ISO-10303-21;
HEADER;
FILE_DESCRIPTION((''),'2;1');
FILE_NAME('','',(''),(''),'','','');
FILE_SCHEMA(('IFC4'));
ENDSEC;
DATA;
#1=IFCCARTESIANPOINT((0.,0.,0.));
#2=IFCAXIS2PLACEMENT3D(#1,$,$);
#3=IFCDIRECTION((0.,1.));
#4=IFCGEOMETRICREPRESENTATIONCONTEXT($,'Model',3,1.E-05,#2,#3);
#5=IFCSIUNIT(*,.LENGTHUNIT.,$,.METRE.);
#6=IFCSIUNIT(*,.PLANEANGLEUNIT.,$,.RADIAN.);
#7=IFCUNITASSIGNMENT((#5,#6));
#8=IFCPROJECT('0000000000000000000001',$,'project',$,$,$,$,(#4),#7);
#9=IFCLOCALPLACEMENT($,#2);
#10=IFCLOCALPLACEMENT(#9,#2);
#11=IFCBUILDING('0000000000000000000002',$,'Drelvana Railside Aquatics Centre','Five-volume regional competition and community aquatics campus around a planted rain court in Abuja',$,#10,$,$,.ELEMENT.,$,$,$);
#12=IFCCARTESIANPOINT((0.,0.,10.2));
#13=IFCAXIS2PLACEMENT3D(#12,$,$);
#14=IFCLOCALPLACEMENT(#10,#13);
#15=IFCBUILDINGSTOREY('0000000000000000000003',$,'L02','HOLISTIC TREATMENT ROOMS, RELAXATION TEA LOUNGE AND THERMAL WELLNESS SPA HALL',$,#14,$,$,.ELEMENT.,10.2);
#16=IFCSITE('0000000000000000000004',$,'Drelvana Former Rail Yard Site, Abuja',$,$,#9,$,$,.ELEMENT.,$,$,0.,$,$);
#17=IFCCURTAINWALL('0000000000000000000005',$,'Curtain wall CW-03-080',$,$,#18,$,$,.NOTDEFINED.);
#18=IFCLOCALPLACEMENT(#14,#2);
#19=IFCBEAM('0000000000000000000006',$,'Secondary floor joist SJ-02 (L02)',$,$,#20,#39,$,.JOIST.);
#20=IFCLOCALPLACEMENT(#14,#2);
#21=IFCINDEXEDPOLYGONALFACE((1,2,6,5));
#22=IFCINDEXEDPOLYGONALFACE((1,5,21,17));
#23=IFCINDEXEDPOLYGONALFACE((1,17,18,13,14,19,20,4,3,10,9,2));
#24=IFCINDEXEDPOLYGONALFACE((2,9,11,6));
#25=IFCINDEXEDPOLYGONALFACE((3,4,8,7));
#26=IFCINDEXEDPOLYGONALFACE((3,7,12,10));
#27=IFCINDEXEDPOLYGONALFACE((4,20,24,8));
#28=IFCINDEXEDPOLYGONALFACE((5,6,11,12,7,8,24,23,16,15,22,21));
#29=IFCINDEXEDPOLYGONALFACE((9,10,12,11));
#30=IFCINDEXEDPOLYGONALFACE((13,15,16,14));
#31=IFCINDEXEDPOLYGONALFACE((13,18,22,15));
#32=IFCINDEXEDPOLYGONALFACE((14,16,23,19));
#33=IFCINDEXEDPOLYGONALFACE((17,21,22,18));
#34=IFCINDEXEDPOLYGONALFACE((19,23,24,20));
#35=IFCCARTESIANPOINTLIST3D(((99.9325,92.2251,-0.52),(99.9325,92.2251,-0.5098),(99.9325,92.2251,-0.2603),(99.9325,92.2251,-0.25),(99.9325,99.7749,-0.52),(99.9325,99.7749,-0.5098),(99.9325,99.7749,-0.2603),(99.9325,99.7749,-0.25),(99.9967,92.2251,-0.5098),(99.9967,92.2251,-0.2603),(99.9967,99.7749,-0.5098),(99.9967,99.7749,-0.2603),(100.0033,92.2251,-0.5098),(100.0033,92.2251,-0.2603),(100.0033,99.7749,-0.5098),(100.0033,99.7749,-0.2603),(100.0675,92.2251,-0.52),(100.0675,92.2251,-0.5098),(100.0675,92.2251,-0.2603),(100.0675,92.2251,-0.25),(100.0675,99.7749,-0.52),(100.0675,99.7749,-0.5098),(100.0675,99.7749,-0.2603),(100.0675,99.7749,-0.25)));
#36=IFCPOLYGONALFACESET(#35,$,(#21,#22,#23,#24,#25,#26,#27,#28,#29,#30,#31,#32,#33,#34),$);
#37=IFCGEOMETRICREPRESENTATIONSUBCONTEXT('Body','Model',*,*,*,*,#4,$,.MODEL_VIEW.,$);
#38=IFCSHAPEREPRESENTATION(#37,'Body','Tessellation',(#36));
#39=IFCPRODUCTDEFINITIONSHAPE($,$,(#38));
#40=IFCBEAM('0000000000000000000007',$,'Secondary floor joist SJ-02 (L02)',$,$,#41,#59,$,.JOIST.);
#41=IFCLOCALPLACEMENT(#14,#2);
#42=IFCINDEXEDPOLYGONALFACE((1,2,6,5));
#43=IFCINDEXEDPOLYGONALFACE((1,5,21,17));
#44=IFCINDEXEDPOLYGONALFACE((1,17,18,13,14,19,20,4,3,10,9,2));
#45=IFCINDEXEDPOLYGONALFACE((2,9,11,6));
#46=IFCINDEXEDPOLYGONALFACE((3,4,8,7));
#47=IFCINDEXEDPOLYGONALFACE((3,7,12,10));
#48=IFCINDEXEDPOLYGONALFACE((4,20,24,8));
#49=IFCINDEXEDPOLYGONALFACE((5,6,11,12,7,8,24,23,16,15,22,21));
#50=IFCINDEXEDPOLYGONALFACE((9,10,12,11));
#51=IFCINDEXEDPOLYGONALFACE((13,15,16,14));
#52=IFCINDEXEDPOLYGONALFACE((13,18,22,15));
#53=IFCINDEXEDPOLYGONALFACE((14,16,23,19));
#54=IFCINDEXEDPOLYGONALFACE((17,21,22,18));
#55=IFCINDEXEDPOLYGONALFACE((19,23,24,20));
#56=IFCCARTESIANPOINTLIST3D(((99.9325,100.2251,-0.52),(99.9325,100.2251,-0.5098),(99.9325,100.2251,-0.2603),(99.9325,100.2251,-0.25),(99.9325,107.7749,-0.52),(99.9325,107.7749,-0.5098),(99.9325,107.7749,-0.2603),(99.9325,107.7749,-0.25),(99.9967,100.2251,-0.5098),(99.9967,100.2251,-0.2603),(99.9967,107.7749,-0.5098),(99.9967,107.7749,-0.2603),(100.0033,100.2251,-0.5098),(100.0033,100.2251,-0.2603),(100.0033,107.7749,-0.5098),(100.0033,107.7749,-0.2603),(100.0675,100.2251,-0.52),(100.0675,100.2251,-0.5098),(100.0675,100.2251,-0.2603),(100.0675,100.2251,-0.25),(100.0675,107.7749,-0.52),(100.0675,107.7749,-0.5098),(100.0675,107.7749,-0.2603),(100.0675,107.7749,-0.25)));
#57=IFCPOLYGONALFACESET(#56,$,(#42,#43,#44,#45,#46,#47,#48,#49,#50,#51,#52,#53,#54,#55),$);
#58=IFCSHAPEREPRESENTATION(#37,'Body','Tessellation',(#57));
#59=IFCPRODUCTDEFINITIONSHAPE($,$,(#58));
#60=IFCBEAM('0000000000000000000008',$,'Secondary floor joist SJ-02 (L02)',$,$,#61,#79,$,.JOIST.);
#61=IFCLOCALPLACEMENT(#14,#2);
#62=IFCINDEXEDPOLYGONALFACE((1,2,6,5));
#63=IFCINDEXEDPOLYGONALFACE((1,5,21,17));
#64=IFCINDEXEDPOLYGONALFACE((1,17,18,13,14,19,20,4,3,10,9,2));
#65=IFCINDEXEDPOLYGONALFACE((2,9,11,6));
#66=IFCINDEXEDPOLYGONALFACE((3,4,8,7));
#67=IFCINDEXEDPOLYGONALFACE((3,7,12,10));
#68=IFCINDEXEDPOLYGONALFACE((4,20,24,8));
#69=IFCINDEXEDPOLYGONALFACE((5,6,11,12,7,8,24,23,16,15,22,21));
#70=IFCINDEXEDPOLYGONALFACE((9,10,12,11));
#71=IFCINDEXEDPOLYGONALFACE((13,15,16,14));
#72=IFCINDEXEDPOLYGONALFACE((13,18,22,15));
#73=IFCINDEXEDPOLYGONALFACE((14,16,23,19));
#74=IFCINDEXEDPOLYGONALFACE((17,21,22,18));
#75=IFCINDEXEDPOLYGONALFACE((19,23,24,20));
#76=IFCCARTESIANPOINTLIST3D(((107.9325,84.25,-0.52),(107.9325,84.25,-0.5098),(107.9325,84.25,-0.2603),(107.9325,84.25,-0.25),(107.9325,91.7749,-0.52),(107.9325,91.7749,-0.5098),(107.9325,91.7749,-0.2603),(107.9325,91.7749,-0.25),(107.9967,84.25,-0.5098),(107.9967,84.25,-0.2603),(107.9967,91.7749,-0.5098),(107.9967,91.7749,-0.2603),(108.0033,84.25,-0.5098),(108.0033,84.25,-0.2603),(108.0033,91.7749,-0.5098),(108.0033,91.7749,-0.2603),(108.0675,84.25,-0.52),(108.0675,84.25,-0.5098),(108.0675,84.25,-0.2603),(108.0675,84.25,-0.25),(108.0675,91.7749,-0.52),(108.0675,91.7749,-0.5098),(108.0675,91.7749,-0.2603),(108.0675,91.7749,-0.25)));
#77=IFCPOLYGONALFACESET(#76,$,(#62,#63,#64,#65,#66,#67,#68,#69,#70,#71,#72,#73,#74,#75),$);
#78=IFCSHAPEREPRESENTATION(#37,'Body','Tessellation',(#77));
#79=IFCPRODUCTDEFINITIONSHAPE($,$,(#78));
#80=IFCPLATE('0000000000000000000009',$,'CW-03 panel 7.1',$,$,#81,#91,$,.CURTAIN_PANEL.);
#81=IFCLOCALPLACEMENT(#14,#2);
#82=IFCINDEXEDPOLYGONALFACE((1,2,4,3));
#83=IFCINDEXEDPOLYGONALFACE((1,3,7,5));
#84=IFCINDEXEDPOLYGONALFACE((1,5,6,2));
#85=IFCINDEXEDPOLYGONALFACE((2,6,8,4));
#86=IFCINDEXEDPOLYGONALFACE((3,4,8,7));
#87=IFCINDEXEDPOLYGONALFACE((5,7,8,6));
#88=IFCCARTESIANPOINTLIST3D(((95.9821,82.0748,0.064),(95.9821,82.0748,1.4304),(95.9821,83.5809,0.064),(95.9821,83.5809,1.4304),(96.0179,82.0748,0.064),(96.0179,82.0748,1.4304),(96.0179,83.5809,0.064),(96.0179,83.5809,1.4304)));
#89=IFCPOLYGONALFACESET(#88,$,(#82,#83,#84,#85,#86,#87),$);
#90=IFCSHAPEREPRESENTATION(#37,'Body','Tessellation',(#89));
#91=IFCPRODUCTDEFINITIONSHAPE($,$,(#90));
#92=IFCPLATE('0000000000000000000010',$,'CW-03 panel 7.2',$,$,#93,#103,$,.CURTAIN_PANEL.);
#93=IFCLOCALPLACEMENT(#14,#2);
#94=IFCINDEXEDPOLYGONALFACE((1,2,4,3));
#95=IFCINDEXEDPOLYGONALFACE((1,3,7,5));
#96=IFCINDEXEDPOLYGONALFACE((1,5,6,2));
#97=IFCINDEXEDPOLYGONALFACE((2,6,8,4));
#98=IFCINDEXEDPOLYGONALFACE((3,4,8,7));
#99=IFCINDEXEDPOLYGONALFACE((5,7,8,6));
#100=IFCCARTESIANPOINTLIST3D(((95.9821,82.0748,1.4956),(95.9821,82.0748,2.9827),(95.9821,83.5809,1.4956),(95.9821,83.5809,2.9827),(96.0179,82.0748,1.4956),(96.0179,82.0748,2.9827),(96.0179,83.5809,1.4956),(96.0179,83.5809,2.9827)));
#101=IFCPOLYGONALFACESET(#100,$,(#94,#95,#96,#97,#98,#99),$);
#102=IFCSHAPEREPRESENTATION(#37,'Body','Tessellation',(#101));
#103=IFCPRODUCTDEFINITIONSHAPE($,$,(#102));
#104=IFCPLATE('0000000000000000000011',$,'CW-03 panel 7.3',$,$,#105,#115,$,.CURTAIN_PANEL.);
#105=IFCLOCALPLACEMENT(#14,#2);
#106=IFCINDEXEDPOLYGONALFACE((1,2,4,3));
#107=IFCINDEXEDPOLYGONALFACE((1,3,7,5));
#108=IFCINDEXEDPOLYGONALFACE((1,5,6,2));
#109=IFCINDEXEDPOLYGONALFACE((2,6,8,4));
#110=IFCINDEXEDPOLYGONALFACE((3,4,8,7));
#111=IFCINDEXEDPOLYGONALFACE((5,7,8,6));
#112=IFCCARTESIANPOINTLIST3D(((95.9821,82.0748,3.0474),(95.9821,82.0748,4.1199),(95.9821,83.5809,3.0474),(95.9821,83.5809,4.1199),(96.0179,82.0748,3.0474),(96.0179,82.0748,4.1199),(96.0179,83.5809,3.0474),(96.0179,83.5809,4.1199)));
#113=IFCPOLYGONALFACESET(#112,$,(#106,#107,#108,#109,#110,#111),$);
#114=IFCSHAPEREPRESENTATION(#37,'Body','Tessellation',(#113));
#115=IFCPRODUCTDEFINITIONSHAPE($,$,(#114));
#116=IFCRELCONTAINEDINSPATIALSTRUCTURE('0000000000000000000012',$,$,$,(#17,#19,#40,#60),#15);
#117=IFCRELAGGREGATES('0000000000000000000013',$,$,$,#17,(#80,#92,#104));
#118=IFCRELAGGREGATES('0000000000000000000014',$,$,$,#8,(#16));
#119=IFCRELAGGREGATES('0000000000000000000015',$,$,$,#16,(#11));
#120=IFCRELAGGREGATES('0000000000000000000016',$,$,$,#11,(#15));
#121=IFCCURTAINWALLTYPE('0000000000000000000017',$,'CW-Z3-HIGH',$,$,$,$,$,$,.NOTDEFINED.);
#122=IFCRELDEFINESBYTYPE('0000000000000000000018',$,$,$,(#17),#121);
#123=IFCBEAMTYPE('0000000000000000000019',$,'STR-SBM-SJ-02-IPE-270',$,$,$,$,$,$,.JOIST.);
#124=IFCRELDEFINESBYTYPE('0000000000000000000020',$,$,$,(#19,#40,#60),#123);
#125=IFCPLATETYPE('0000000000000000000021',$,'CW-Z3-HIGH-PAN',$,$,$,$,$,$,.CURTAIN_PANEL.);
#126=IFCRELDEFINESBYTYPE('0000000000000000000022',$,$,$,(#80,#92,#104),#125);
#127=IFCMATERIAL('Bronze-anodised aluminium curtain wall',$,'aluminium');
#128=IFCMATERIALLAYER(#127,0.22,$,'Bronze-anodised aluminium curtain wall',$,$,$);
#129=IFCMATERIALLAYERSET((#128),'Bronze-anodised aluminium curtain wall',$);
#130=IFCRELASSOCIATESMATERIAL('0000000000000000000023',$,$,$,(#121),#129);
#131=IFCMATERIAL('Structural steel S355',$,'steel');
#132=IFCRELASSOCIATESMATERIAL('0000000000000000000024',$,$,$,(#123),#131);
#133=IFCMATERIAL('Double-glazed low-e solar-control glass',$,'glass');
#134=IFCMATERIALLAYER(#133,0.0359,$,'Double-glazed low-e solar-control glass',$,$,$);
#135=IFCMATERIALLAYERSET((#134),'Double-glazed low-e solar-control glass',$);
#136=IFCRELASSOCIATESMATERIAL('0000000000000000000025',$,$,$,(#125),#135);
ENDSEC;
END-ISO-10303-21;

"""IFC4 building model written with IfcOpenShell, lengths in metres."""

from ifc_helpers import new_model, si_unit, direction, frame, origin, origin_2d, place, context, subcontext, project, spatial, rectangle, i_section, extrude, material, layer, layer_set, material_profile, profile_set, type_object, element, aggregate, save


model = new_model("IFC4")

# Units and contexts
model_context = context("Model", 3, precision=1e-05, world=origin(), true_north=direction((0.0, 1.0)))
body_context = subcontext(model_context, "Body", "Model", "MODEL_VIEW")
ifc_project = project(units=[si_unit("LENGTHUNIT", "METRE"), si_unit("PLANEANGLEUNIT", "RADIAN")], contexts=[model_context])

# Site, building, storey
site_placement = place(None, origin())
site = spatial("IfcSite", under=ifc_project, at=site_placement, Name="Drelvana Former Rail Yard Site, Abuja", CompositionType="ELEMENT", RefElevation=0.0)
building_placement = place(site_placement, origin())
building = spatial("IfcBuilding", under=site, at=building_placement, Name="Drelvana Railside Aquatics Centre", Description="Five-volume regional competition and community aquatics campus around a planted rain court in Abuja", CompositionType="ELEMENT")
storey_placement = place(building_placement, frame((0.0, 0.0, 10.2)))
storey = spatial("IfcBuildingStorey", under=building, at=storey_placement, Name="L02", Description="HOLISTIC TREATMENT ROOMS, RELAXATION TEA LOUNGE AND THERMAL WELLNESS SPA HALL", CompositionType="ELEMENT", Elevation=10.2)

# Curtain wall
ifc_material_1 = material(Name="Bronze-anodised aluminium curtain wall", Category="aluminium")
ifc_layer_1 = layer(ifc_material_1, 0.22, Name="Bronze-anodised aluminium curtain wall")
ifc_layer_set_1 = layer_set([ifc_layer_1], Name="Bronze-anodised aluminium curtain wall")
curtain_wall_type = type_object("IfcCurtainWallType", Name="CW-Z3-HIGH", PredefinedType="NOTDEFINED", material=ifc_layer_set_1)
curtain_wall_placement = place(storey_placement, origin())
curtain_wall = element("IfcCurtainWall", 1, at=curtain_wall_placement, inside=storey, type_object=curtain_wall_type, Name="Curtain wall CW-03-080", PredefinedType="NOTDEFINED")

# Beams
ifc_material_2 = material(Name="Structural steel S355", Category="steel")
ifc_material_profile_1 = material_profile(ifc_material_2, i_section(OverallWidth=0.135, OverallDepth=0.27, WebThickness=0.0066, FlangeThickness=0.0103, at=origin_2d()), Name="IPE 270")
ifc_profile_set_1 = profile_set([ifc_material_profile_1], Name="Structural steel S355")
beam_type_1 = type_object("IfcBeamType", Name="STR-SBM-SJ-02-IPE-270", PredefinedType="JOIST", material=ifc_profile_set_1)
for number, where, z_axis, x_axis, name in (
    (2, (100.0, 92.2251, -0.385), (0.0, 1.0, 0.0), (-1.0, 0.0, 0.0), "Secondary floor joist SJ-02 (L02)"),
    (3, (100.0, 100.2251, -0.385), (0.0, 1.0, 0.0), (-1.0, 0.0, 0.0), "Secondary floor joist SJ-02 (L02)"),
):
    element("IfcBeam", number, at=place(storey_placement, frame(where, z_axis=z_axis, x_axis=x_axis)), inside=storey, type_object=beam_type_1, Name=name, PredefinedType="JOIST", context=body_context, shape_type="SweptSolid", body=[
        extrude(i_section(OverallWidth=0.135, OverallDepth=0.27, WebThickness=0.0066, FlangeThickness=0.0103, at=origin_2d()), origin(), (0.0, 0.0, 1.0), 7.5498),
    ])
beam_1_placement = place(storey_placement, frame((108.0, 84.25, -0.385), z_axis=(0.0, 1.0, 0.0), x_axis=(-1.0, 0.0, 0.0)))
element("IfcBeam", 4, at=beam_1_placement, inside=storey, type_object=beam_type_1, Name="Secondary floor joist SJ-02 (L02)", PredefinedType="JOIST", context=body_context, shape_type="SweptSolid", body=[
    extrude(i_section(OverallWidth=0.135, OverallDepth=0.27, WebThickness=0.0066, FlangeThickness=0.0103, at=origin_2d()), origin(), (0.0, 0.0, 1.0), 7.5249),
])

# Plates
ifc_material_3 = material(Name="Double-glazed low-e solar-control glass", Category="glass")
ifc_layer_2 = layer(ifc_material_3, 0.0359, Name="Double-glazed low-e solar-control glass")
ifc_layer_set_2 = layer_set([ifc_layer_2], Name="Double-glazed low-e solar-control glass")
plate_type = type_object("IfcPlateType", Name="CW-Z3-HIGH-PAN", PredefinedType="CURTAIN_PANEL", material=ifc_layer_set_2)
plate_1_placement = place(storey_placement, frame((96.0, 82.8279, 0.064), z_axis=(0.0, 0.0, 1.0), x_axis=(0.0, 1.0, 0.0)))
plate_1 = element("IfcPlate", 5, at=plate_1_placement, type_object=plate_type, Name="CW-03 panel 7.1", PredefinedType="CURTAIN_PANEL", context=body_context, shape_type="SweptSolid", body=[
    extrude(rectangle(XDim=1.5061, YDim=0.0359, at=origin_2d()), origin(), (0.0, 0.0, 1.0), 1.3665),
])
plate_2_placement = place(storey_placement, frame((96.0, 82.8279, 1.4956), z_axis=(0.0, 0.0, 1.0), x_axis=(0.0, 1.0, 0.0)))
plate_2 = element("IfcPlate", 6, at=plate_2_placement, type_object=plate_type, Name="CW-03 panel 7.2", PredefinedType="CURTAIN_PANEL", context=body_context, shape_type="SweptSolid", body=[
    extrude(rectangle(XDim=1.5061, YDim=0.0359, at=origin_2d()), origin(), (0.0, 0.0, 1.0), 1.4871),
])
plate_3_placement = place(storey_placement, frame((96.0, 82.8279, 3.0474), z_axis=(0.0, 0.0, 1.0), x_axis=(0.0, 1.0, 0.0)))
plate_3 = element("IfcPlate", 7, at=plate_3_placement, type_object=plate_type, Name="CW-03 panel 7.3", PredefinedType="CURTAIN_PANEL", context=body_context, shape_type="SweptSolid", body=[
    extrude(rectangle(XDim=1.5061, YDim=0.0359, at=origin_2d()), origin(), (0.0, 0.0, 1.0), 1.0725),
])
aggregate(curtain_wall, [plate_1, plate_2, plate_3])

save(model, "model.ifc")
